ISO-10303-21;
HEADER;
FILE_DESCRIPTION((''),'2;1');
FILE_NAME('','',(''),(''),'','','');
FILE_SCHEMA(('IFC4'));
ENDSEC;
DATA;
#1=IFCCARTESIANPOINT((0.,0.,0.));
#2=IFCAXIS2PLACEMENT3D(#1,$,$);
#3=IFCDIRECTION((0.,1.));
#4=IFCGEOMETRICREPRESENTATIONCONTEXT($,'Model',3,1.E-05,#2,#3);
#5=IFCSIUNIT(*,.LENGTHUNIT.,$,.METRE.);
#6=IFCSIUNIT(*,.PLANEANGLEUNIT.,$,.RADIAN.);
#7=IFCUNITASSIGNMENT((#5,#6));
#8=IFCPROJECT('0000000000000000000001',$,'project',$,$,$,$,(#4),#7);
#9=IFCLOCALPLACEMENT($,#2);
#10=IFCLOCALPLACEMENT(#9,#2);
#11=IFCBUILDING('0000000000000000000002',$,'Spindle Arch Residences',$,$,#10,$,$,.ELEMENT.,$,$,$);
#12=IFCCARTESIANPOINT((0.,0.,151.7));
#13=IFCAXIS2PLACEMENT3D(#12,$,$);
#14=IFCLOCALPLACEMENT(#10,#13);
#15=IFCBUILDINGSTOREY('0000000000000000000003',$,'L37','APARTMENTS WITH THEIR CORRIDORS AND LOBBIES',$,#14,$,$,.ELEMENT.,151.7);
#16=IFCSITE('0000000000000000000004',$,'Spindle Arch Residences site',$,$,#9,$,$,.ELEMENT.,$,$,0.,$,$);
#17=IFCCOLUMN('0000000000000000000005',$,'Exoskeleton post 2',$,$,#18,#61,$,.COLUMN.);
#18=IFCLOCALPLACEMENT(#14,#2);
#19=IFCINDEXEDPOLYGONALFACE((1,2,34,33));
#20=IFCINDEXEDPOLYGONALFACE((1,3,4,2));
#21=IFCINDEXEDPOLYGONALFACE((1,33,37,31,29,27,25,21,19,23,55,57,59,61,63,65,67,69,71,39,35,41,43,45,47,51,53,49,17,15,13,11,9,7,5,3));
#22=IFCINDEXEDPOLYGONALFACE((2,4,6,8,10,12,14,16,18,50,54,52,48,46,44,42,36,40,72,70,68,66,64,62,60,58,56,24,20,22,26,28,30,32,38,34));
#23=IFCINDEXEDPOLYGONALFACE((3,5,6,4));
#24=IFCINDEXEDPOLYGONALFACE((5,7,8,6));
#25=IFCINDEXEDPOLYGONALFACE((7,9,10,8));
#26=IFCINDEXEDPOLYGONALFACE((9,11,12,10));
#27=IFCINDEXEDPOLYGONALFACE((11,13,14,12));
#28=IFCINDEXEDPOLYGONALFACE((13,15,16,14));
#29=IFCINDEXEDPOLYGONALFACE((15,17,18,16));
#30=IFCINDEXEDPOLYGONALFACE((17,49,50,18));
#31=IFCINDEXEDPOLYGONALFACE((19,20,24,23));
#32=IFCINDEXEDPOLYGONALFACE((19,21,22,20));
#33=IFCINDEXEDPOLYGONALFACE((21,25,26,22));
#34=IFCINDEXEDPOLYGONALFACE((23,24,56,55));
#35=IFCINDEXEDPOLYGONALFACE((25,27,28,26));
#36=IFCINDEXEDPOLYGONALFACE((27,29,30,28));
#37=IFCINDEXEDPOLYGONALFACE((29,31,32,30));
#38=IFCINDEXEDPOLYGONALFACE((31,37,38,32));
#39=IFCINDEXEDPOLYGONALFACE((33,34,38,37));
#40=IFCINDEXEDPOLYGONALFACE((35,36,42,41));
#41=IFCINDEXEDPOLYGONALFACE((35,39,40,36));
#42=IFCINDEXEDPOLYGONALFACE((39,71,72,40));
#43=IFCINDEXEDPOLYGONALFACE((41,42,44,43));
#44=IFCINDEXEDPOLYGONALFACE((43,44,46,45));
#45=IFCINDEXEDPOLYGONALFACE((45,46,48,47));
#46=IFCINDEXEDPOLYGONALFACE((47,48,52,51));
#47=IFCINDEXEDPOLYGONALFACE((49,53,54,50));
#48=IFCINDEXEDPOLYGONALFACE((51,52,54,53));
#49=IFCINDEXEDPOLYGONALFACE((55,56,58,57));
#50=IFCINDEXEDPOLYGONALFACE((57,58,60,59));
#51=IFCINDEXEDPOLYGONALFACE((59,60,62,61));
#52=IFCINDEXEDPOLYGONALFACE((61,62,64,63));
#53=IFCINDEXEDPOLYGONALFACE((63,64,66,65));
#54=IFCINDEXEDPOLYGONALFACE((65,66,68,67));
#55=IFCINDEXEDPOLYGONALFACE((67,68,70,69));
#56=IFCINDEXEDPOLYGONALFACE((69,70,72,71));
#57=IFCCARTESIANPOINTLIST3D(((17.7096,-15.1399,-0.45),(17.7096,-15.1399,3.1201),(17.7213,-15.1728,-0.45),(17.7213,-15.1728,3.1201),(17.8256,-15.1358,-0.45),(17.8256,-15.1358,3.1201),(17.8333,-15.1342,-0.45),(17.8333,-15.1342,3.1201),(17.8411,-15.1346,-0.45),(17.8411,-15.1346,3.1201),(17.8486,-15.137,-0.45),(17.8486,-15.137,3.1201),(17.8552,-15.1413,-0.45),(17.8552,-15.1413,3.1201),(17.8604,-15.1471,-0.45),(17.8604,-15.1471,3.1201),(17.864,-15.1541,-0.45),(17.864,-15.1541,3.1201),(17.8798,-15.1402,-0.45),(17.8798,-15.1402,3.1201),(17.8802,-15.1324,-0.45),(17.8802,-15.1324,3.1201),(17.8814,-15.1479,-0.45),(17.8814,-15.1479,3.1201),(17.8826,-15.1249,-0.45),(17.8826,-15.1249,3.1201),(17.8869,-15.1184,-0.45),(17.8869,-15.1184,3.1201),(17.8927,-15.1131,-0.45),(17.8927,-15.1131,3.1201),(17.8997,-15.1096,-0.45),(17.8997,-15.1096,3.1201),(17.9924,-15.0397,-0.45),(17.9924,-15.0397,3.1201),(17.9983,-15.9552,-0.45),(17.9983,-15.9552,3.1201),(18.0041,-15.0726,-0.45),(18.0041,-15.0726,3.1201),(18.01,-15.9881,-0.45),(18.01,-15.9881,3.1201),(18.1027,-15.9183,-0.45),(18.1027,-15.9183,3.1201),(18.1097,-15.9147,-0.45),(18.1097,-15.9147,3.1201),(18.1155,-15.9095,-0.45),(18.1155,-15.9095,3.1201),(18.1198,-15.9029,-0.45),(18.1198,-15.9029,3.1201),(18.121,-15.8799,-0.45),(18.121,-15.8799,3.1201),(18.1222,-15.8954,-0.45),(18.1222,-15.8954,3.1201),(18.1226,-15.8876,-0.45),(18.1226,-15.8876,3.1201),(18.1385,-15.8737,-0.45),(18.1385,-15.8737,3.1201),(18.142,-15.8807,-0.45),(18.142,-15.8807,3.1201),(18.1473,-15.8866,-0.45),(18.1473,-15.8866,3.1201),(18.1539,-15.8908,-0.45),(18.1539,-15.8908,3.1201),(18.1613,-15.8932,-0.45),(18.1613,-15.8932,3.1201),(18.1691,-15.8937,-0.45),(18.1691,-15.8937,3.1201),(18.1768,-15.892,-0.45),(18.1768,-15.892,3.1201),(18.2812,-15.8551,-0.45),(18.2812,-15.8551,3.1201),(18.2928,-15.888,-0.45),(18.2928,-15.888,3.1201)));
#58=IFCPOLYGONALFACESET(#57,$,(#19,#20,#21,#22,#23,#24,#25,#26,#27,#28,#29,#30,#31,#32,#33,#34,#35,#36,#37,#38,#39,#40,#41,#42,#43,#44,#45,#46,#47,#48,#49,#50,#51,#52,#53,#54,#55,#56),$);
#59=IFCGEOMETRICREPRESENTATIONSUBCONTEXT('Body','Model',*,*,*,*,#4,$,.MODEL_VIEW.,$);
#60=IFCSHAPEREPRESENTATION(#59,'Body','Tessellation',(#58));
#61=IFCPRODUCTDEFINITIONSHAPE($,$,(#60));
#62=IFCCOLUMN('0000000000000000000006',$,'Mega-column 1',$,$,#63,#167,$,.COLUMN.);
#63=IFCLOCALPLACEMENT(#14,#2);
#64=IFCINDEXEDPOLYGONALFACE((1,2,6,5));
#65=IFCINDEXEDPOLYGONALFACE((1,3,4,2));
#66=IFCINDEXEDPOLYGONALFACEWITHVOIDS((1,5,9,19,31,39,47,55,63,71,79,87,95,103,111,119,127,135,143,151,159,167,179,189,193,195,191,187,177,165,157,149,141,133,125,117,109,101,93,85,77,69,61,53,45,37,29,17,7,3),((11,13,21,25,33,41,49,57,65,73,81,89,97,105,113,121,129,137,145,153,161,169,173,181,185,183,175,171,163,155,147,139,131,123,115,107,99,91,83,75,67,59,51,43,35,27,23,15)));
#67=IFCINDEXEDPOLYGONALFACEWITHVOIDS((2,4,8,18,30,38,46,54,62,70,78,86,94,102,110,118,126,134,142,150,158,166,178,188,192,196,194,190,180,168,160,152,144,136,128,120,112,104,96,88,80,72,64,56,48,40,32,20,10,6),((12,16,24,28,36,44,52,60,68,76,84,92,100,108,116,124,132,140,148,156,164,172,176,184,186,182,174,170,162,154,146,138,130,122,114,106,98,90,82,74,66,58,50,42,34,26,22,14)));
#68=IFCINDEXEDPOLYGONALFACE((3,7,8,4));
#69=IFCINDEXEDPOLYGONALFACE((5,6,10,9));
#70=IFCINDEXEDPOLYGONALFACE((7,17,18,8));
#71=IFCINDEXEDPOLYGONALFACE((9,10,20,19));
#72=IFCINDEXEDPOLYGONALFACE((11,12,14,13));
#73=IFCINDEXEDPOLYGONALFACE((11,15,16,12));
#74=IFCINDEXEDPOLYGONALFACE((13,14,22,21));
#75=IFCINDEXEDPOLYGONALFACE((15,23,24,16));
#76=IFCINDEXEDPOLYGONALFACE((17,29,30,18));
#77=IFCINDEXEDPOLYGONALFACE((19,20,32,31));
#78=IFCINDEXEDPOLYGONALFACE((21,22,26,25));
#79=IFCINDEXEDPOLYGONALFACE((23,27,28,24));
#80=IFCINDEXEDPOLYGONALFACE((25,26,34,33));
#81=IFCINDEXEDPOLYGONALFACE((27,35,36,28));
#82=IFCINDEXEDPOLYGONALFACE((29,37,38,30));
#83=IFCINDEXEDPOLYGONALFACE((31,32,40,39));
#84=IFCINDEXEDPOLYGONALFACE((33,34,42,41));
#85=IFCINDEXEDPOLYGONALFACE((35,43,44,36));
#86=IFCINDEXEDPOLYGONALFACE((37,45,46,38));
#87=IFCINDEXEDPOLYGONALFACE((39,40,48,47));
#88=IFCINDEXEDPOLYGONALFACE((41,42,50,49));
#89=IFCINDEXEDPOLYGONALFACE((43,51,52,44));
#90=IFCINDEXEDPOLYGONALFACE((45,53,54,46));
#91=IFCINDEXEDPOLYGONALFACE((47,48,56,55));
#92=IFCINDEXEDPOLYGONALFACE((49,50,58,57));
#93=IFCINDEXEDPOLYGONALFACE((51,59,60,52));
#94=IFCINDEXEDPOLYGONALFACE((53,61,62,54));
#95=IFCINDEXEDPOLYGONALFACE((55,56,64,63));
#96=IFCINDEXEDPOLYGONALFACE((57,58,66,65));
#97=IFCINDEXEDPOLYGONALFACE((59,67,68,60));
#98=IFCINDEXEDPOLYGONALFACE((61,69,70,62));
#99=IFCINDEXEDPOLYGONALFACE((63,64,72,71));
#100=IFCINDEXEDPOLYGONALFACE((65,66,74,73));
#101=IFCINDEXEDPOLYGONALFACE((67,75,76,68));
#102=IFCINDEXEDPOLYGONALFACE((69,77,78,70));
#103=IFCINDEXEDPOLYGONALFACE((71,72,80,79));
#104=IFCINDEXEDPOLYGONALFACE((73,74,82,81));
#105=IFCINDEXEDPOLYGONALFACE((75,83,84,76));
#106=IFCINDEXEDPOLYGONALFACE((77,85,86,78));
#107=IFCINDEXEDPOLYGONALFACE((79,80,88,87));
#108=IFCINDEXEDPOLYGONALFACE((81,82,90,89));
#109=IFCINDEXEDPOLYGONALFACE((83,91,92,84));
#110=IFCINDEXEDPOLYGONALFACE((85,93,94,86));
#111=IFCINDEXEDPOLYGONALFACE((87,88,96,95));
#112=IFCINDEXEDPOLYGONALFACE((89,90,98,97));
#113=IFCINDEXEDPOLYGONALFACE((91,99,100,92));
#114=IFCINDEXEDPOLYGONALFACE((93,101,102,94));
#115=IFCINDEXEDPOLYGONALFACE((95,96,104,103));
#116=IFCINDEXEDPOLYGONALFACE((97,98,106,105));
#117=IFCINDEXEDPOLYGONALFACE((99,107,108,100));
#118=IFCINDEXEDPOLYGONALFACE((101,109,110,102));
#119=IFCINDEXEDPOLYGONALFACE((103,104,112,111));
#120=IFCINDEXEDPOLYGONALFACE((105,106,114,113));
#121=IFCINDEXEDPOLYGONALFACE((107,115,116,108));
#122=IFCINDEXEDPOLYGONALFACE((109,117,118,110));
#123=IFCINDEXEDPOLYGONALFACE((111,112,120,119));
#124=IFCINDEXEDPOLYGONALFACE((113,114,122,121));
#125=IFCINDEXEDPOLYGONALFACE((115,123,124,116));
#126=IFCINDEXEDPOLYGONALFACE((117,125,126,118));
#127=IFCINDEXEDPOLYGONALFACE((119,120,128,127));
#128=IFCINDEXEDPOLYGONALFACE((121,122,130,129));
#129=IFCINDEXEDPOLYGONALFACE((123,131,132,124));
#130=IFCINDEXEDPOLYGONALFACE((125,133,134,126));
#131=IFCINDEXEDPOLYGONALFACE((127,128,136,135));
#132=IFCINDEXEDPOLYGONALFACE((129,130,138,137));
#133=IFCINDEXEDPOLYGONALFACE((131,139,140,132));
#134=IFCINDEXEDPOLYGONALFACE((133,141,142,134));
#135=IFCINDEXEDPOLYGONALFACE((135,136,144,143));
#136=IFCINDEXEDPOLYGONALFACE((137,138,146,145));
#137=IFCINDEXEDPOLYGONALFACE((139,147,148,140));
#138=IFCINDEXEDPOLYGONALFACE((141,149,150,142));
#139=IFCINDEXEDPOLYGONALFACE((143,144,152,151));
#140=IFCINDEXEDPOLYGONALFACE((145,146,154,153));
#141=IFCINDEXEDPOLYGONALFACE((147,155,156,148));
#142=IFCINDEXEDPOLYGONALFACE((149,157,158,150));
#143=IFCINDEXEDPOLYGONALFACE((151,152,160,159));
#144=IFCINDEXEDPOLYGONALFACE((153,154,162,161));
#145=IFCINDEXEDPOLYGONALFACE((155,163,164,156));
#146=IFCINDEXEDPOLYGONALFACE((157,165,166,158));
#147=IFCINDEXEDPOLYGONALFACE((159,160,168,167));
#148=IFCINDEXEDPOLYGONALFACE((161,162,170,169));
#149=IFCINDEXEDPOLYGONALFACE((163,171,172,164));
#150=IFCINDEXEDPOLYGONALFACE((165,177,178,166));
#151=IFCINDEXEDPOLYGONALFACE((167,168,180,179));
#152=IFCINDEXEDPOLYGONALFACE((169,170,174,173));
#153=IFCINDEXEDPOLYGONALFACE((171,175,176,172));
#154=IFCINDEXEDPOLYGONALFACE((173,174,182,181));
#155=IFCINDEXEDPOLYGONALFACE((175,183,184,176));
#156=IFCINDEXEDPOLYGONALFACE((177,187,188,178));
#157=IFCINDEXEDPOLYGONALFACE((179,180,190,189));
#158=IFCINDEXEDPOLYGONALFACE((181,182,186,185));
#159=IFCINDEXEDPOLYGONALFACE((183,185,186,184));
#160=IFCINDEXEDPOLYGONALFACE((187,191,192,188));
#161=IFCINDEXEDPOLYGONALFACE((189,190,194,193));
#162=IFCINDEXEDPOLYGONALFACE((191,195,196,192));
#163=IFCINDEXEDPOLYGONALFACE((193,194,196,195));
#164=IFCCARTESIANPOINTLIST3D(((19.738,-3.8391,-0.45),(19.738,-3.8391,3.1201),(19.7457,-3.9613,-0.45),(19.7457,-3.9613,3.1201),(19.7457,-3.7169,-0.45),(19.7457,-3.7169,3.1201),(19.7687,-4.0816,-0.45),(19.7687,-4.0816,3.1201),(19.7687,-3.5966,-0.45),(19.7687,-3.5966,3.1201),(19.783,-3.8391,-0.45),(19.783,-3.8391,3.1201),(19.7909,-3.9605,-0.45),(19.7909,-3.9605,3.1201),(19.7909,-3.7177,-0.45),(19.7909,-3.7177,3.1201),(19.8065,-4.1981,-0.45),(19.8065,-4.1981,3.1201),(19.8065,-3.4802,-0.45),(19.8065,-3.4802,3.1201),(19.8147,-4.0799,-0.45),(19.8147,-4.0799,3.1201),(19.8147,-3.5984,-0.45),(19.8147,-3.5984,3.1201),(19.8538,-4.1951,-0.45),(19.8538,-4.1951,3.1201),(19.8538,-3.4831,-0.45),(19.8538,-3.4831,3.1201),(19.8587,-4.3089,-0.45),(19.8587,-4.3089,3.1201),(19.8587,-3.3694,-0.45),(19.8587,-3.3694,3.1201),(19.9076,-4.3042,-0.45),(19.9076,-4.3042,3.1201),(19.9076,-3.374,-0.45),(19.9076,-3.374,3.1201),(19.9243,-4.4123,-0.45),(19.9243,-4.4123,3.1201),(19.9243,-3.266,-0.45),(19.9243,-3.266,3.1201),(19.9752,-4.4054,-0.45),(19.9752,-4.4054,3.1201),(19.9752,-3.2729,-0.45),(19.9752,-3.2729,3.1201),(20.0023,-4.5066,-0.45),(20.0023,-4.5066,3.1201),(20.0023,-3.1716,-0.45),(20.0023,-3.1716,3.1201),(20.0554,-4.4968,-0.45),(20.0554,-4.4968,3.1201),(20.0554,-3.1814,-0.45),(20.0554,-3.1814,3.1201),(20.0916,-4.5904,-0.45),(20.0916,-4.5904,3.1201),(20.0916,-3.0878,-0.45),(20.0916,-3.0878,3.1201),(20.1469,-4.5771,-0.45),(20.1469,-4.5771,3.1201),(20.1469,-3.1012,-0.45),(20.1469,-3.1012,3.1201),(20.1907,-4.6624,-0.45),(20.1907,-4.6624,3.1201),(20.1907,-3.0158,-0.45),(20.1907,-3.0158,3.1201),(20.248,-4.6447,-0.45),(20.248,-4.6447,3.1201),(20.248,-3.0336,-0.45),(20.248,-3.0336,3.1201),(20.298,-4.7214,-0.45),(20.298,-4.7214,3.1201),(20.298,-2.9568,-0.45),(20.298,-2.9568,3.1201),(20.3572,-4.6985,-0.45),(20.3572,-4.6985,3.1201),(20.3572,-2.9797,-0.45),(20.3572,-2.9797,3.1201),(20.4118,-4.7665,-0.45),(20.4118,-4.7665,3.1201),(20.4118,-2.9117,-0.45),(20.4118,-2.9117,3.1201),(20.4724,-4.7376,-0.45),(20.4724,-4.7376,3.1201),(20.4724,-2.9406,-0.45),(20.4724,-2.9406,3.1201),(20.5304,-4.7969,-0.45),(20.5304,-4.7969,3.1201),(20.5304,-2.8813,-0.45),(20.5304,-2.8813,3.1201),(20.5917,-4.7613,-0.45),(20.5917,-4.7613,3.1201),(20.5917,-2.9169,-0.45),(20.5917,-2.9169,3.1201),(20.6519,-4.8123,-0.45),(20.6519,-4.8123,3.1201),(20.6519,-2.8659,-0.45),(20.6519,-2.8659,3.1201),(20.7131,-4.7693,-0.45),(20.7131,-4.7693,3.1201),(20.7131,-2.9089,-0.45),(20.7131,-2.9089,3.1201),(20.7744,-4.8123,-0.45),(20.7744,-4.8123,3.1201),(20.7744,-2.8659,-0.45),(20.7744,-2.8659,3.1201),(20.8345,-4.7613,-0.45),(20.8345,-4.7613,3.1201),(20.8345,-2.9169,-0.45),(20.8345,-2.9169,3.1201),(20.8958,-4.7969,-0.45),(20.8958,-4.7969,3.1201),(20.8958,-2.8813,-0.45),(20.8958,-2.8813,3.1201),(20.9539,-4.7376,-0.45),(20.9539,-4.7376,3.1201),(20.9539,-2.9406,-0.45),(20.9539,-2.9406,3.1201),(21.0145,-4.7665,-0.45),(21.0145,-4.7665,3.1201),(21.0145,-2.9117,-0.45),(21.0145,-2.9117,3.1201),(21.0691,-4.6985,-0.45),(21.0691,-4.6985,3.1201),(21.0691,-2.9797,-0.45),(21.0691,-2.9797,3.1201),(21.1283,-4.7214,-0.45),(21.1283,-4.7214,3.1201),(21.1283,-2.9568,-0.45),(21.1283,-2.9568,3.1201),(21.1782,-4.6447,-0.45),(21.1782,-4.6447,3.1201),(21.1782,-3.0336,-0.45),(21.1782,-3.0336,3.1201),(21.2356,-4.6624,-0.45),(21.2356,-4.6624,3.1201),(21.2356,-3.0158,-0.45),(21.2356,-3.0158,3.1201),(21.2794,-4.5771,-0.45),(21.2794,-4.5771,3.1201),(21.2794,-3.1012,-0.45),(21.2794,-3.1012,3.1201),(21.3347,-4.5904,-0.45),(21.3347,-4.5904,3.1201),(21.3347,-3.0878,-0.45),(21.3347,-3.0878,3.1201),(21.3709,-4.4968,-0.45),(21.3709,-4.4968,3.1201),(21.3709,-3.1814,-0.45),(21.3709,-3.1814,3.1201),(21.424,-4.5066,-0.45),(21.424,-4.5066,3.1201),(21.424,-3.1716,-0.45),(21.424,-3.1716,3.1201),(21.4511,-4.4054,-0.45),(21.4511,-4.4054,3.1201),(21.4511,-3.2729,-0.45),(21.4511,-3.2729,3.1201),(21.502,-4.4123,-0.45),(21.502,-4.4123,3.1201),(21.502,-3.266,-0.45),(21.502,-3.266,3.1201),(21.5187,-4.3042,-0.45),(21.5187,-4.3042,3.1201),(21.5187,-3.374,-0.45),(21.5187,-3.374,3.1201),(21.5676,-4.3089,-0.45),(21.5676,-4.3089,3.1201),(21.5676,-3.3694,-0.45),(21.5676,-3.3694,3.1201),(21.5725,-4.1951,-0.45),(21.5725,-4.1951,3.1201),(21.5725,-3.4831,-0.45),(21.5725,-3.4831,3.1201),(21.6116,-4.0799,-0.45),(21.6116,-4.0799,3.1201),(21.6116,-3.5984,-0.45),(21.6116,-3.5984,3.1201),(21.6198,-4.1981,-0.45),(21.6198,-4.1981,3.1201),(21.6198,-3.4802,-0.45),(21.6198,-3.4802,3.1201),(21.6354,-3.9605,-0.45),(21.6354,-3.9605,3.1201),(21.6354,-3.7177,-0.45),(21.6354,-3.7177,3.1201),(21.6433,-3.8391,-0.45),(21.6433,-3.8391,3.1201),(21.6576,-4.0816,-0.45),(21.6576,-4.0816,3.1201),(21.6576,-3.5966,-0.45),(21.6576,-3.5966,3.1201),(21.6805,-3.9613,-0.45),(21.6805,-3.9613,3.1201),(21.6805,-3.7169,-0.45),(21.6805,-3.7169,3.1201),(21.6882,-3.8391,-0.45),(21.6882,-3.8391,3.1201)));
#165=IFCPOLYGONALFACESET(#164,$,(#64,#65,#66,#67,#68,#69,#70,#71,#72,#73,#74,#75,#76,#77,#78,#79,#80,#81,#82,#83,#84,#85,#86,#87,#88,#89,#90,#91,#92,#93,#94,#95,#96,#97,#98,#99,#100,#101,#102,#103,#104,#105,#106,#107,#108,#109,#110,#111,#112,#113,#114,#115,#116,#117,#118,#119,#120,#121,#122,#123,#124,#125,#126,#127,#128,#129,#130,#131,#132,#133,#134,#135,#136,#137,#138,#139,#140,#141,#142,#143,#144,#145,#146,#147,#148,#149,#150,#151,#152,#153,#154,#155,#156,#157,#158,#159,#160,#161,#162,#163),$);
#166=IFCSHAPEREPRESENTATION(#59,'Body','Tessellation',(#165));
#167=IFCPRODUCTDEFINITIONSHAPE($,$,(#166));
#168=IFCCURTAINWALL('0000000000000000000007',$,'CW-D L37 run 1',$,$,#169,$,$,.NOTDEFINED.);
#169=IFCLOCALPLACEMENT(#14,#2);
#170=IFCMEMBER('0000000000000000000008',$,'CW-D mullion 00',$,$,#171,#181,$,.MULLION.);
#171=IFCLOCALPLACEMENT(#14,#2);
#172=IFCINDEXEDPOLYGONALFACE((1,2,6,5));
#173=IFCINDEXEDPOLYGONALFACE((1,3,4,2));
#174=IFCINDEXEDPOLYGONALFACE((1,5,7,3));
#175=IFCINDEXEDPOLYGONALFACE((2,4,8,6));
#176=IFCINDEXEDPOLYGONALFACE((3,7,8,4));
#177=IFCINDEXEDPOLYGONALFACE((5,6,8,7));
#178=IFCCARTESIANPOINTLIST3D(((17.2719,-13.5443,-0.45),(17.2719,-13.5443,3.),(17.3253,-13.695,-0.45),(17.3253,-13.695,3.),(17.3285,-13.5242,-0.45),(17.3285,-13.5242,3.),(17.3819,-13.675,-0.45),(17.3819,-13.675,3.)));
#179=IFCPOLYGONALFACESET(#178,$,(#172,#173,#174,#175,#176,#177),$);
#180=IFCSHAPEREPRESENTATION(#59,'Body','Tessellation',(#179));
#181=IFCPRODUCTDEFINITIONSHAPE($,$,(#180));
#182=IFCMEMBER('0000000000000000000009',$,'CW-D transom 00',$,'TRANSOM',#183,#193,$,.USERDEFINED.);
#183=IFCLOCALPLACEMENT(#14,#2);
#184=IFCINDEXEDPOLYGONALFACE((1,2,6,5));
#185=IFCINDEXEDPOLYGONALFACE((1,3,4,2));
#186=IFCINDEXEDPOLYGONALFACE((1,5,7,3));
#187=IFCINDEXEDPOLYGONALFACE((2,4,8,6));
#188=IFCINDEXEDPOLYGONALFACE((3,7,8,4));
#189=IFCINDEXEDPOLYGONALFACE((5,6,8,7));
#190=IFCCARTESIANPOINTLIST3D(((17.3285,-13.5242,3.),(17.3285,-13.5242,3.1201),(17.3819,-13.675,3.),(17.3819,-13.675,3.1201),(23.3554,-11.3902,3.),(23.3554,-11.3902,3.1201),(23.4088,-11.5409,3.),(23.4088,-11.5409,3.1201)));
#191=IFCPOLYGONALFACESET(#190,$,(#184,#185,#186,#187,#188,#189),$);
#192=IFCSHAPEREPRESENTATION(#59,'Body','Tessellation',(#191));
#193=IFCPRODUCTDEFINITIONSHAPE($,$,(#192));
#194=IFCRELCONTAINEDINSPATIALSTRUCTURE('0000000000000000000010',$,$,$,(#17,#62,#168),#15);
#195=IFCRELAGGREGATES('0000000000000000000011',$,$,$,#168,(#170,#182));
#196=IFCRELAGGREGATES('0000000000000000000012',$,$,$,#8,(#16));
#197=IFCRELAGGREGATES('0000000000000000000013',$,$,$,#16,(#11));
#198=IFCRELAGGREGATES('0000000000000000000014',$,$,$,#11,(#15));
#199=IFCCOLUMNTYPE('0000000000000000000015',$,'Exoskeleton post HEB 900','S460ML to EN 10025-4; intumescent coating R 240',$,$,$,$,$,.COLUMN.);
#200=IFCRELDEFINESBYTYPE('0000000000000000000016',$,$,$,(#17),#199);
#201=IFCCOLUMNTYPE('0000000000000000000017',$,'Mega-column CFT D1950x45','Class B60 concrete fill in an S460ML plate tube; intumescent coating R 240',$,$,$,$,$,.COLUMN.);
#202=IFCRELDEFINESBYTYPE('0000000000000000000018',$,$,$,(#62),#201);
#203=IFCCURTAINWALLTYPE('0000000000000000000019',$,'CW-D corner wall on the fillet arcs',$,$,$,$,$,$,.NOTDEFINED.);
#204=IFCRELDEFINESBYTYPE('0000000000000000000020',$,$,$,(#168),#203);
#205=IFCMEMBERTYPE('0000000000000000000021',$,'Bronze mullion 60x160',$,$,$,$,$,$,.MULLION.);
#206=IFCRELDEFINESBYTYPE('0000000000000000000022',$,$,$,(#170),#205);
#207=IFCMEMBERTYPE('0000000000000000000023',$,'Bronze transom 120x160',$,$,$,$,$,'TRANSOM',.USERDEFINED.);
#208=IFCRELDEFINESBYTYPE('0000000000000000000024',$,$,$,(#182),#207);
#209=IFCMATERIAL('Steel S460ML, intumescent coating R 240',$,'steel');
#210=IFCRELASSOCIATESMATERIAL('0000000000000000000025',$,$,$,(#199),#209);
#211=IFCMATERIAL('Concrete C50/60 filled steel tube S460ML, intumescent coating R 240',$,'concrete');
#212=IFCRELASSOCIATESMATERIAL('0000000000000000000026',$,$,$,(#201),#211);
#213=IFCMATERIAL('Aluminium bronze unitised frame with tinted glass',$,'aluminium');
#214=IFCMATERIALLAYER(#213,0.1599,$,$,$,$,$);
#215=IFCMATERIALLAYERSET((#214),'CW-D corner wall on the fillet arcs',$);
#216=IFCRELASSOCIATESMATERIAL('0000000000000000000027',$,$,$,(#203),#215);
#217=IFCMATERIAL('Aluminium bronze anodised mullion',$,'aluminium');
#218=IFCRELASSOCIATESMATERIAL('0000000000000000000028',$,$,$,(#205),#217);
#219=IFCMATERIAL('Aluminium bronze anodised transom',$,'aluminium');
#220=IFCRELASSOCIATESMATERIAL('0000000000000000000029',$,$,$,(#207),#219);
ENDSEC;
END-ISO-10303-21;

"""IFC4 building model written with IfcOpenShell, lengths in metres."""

from ifc_helpers import new_model, si_unit, direction, frame, origin, origin_2d, place, context, subcontext, project, spatial, rectangle, hollow_circle, i_section, extrude, material, layer, layer_set, material_profile, profile_set, type_object, element, aggregate, save


model = new_model("IFC4")

# Units and contexts
model_context = context("Model", 3, precision=1e-05, world=origin(), true_north=direction((0.0, 1.0)))
body_context = subcontext(model_context, "Body", "Model", "MODEL_VIEW")
ifc_project = project(units=[si_unit("LENGTHUNIT", "METRE"), si_unit("PLANEANGLEUNIT", "RADIAN")], contexts=[model_context])

# Site, building, storey
site_placement = place(None, origin())
site = spatial("IfcSite", under=ifc_project, at=site_placement, Name="Spindle Arch Residences site", CompositionType="ELEMENT", RefElevation=0.0)
building_placement = place(site_placement, origin())
building = spatial("IfcBuilding", under=site, at=building_placement, Name="Spindle Arch Residences", CompositionType="ELEMENT")
storey_placement = place(building_placement, frame((0.0, 0.0, 151.7)))
storey = spatial("IfcBuildingStorey", under=building, at=storey_placement, Name="L37", Description="APARTMENTS WITH THEIR CORRIDORS AND LOBBIES", CompositionType="ELEMENT", Elevation=151.7)

# Columns
ifc_material_1 = material(Name="Steel S460ML, intumescent coating R 240", Category="steel")
ifc_material_profile_1 = material_profile(ifc_material_1, i_section(OverallWidth=0.3, OverallDepth=0.8999, WebThickness=0.0186, FlangeThickness=0.0349, FilletRadius=0.03, at=origin_2d()), Name="HEB 900")
ifc_profile_set_1 = profile_set([ifc_material_profile_1], Name="Steel S460ML, intumescent coating R 240")
column_type_1 = type_object("IfcColumnType", Name="Exoskeleton post HEB 900", Description="S460ML to EN 10025-4; intumescent coating R 240", PredefinedType="COLUMN", material=ifc_profile_set_1)
column_1_placement = place(storey_placement, frame((18.0012, -15.5139, -0.45), z_axis=(0.0, 0.0, 1.0), x_axis=(-0.942641, -0.333807, 0.0)))
element("IfcColumn", 1, at=column_1_placement, inside=storey, type_object=column_type_1, Name="Exoskeleton post 2", PredefinedType="COLUMN", context=body_context, shape_type="SweptSolid", body=[
    extrude(i_section(OverallWidth=0.3, OverallDepth=0.8999, WebThickness=0.0186, FlangeThickness=0.0349, FilletRadius=0.03, at=origin_2d()), origin(), (0.0, 0.0, 1.0), 3.5701),
])
ifc_material_2 = material(Name="Concrete C50/60 filled steel tube S460ML, intumescent coating R 240", Category="concrete")
ifc_material_profile_2 = material_profile(ifc_material_2, hollow_circle(Radius=0.9751, WallThickness=0.0449, at=origin_2d()), Name="CFT D1950x45")
ifc_profile_set_2 = profile_set([ifc_material_profile_2], Name="Concrete C50/60 filled steel tube S460ML, intumescent coating R 240")
column_type_2 = type_object("IfcColumnType", Name="Mega-column CFT D1950x45", Description="Class B60 concrete fill in an S460ML plate tube; intumescent coating R 240", PredefinedType="COLUMN", material=ifc_profile_set_2)
column_2_placement = place(storey_placement, frame((20.7131, -3.8391, -0.45), z_axis=(0.0, 0.0, 1.0), x_axis=(1.0, 0.0, 0.0)))
element("IfcColumn", 2, at=column_2_placement, inside=storey, type_object=column_type_2, Name="Mega-column 1", PredefinedType="COLUMN", context=body_context, shape_type="SweptSolid", body=[
    extrude(hollow_circle(Radius=0.9751, WallThickness=0.0449, at=origin_2d()), origin(), (0.0, 0.0, 1.0), 3.5701),
])

# Curtain wall, members
ifc_material_3 = material(Name="Aluminium bronze unitised frame with tinted glass", Category="aluminium")
ifc_layer_1 = layer(ifc_material_3, 0.1599)
ifc_layer_set_1 = layer_set([ifc_layer_1], Name="CW-D corner wall on the fillet arcs")
curtain_wall_type_1 = type_object("IfcCurtainWallType", Name="CW-D corner wall on the fillet arcs", PredefinedType="NOTDEFINED", material=ifc_layer_set_1)
curtain_wall_1_placement = place(storey_placement, origin())
curtain_wall_1 = element("IfcCurtainWall", 3, at=curtain_wall_1_placement, inside=storey, type_object=curtain_wall_type_1, Name="CW-D L37 run 1", PredefinedType="NOTDEFINED")
ifc_material_4 = material(Name="Aluminium bronze anodised mullion", Category="aluminium")
ifc_material_profile_3 = material_profile(ifc_material_4, rectangle(XDim=0.1599, YDim=0.0601, at=origin_2d()), Name="MU 60x160")
ifc_profile_set_3 = profile_set([ifc_material_profile_3], Name="Aluminium bronze anodised mullion")
member_type_1 = type_object("IfcMemberType", Name="Bronze mullion 60x160", PredefinedType="MULLION", material=ifc_profile_set_3)
member_1_placement = place(storey_placement, frame((17.3269, -13.6096, -0.45), z_axis=(0.0, 0.0, 1.0), x_axis=(-0.333807, 0.942641, 0.0)))
member_1 = element("IfcMember", 4, at=member_1_placement, type_object=member_type_1, Name="CW-D mullion 00", PredefinedType="MULLION", context=body_context, shape_type="SweptSolid", body=[
    extrude(rectangle(XDim=0.1599, YDim=0.0601, at=origin_2d()), origin(), (0.0, 0.0, 1.0), 3.45),
])
ifc_material_5 = material(Name="Aluminium bronze anodised transom", Category="aluminium")
ifc_material_profile_4 = material_profile(ifc_material_5, rectangle(XDim=0.1599, YDim=0.1201, at=origin_2d()), Name="TR 120x160")
ifc_profile_set_4 = profile_set([ifc_material_profile_4], Name="Aluminium bronze anodised transom")
member_type_2 = type_object("IfcMemberType", Name="Bronze transom 120x160", ElementType="TRANSOM", PredefinedType="USERDEFINED", material=ifc_profile_set_4)
member_2_placement = place(storey_placement, frame((17.3552, -13.5996, 3.0601), z_axis=(0.942651, 0.333781, 0.0), x_axis=(-0.333781, 0.942651, 0.0)))
member_2 = element("IfcMember", 5, at=member_2_placement, type_object=member_type_2, Name="CW-D transom 00", ObjectType="TRANSOM", PredefinedType="USERDEFINED", context=body_context, shape_type="SweptSolid", body=[
    extrude(rectangle(XDim=0.1599, YDim=0.1201, at=origin_2d()), origin(), (0.0, 0.0, 1.0), 6.3936),
])
aggregate(curtain_wall_1, [member_1, member_2])

save(model, "model.ifc")
